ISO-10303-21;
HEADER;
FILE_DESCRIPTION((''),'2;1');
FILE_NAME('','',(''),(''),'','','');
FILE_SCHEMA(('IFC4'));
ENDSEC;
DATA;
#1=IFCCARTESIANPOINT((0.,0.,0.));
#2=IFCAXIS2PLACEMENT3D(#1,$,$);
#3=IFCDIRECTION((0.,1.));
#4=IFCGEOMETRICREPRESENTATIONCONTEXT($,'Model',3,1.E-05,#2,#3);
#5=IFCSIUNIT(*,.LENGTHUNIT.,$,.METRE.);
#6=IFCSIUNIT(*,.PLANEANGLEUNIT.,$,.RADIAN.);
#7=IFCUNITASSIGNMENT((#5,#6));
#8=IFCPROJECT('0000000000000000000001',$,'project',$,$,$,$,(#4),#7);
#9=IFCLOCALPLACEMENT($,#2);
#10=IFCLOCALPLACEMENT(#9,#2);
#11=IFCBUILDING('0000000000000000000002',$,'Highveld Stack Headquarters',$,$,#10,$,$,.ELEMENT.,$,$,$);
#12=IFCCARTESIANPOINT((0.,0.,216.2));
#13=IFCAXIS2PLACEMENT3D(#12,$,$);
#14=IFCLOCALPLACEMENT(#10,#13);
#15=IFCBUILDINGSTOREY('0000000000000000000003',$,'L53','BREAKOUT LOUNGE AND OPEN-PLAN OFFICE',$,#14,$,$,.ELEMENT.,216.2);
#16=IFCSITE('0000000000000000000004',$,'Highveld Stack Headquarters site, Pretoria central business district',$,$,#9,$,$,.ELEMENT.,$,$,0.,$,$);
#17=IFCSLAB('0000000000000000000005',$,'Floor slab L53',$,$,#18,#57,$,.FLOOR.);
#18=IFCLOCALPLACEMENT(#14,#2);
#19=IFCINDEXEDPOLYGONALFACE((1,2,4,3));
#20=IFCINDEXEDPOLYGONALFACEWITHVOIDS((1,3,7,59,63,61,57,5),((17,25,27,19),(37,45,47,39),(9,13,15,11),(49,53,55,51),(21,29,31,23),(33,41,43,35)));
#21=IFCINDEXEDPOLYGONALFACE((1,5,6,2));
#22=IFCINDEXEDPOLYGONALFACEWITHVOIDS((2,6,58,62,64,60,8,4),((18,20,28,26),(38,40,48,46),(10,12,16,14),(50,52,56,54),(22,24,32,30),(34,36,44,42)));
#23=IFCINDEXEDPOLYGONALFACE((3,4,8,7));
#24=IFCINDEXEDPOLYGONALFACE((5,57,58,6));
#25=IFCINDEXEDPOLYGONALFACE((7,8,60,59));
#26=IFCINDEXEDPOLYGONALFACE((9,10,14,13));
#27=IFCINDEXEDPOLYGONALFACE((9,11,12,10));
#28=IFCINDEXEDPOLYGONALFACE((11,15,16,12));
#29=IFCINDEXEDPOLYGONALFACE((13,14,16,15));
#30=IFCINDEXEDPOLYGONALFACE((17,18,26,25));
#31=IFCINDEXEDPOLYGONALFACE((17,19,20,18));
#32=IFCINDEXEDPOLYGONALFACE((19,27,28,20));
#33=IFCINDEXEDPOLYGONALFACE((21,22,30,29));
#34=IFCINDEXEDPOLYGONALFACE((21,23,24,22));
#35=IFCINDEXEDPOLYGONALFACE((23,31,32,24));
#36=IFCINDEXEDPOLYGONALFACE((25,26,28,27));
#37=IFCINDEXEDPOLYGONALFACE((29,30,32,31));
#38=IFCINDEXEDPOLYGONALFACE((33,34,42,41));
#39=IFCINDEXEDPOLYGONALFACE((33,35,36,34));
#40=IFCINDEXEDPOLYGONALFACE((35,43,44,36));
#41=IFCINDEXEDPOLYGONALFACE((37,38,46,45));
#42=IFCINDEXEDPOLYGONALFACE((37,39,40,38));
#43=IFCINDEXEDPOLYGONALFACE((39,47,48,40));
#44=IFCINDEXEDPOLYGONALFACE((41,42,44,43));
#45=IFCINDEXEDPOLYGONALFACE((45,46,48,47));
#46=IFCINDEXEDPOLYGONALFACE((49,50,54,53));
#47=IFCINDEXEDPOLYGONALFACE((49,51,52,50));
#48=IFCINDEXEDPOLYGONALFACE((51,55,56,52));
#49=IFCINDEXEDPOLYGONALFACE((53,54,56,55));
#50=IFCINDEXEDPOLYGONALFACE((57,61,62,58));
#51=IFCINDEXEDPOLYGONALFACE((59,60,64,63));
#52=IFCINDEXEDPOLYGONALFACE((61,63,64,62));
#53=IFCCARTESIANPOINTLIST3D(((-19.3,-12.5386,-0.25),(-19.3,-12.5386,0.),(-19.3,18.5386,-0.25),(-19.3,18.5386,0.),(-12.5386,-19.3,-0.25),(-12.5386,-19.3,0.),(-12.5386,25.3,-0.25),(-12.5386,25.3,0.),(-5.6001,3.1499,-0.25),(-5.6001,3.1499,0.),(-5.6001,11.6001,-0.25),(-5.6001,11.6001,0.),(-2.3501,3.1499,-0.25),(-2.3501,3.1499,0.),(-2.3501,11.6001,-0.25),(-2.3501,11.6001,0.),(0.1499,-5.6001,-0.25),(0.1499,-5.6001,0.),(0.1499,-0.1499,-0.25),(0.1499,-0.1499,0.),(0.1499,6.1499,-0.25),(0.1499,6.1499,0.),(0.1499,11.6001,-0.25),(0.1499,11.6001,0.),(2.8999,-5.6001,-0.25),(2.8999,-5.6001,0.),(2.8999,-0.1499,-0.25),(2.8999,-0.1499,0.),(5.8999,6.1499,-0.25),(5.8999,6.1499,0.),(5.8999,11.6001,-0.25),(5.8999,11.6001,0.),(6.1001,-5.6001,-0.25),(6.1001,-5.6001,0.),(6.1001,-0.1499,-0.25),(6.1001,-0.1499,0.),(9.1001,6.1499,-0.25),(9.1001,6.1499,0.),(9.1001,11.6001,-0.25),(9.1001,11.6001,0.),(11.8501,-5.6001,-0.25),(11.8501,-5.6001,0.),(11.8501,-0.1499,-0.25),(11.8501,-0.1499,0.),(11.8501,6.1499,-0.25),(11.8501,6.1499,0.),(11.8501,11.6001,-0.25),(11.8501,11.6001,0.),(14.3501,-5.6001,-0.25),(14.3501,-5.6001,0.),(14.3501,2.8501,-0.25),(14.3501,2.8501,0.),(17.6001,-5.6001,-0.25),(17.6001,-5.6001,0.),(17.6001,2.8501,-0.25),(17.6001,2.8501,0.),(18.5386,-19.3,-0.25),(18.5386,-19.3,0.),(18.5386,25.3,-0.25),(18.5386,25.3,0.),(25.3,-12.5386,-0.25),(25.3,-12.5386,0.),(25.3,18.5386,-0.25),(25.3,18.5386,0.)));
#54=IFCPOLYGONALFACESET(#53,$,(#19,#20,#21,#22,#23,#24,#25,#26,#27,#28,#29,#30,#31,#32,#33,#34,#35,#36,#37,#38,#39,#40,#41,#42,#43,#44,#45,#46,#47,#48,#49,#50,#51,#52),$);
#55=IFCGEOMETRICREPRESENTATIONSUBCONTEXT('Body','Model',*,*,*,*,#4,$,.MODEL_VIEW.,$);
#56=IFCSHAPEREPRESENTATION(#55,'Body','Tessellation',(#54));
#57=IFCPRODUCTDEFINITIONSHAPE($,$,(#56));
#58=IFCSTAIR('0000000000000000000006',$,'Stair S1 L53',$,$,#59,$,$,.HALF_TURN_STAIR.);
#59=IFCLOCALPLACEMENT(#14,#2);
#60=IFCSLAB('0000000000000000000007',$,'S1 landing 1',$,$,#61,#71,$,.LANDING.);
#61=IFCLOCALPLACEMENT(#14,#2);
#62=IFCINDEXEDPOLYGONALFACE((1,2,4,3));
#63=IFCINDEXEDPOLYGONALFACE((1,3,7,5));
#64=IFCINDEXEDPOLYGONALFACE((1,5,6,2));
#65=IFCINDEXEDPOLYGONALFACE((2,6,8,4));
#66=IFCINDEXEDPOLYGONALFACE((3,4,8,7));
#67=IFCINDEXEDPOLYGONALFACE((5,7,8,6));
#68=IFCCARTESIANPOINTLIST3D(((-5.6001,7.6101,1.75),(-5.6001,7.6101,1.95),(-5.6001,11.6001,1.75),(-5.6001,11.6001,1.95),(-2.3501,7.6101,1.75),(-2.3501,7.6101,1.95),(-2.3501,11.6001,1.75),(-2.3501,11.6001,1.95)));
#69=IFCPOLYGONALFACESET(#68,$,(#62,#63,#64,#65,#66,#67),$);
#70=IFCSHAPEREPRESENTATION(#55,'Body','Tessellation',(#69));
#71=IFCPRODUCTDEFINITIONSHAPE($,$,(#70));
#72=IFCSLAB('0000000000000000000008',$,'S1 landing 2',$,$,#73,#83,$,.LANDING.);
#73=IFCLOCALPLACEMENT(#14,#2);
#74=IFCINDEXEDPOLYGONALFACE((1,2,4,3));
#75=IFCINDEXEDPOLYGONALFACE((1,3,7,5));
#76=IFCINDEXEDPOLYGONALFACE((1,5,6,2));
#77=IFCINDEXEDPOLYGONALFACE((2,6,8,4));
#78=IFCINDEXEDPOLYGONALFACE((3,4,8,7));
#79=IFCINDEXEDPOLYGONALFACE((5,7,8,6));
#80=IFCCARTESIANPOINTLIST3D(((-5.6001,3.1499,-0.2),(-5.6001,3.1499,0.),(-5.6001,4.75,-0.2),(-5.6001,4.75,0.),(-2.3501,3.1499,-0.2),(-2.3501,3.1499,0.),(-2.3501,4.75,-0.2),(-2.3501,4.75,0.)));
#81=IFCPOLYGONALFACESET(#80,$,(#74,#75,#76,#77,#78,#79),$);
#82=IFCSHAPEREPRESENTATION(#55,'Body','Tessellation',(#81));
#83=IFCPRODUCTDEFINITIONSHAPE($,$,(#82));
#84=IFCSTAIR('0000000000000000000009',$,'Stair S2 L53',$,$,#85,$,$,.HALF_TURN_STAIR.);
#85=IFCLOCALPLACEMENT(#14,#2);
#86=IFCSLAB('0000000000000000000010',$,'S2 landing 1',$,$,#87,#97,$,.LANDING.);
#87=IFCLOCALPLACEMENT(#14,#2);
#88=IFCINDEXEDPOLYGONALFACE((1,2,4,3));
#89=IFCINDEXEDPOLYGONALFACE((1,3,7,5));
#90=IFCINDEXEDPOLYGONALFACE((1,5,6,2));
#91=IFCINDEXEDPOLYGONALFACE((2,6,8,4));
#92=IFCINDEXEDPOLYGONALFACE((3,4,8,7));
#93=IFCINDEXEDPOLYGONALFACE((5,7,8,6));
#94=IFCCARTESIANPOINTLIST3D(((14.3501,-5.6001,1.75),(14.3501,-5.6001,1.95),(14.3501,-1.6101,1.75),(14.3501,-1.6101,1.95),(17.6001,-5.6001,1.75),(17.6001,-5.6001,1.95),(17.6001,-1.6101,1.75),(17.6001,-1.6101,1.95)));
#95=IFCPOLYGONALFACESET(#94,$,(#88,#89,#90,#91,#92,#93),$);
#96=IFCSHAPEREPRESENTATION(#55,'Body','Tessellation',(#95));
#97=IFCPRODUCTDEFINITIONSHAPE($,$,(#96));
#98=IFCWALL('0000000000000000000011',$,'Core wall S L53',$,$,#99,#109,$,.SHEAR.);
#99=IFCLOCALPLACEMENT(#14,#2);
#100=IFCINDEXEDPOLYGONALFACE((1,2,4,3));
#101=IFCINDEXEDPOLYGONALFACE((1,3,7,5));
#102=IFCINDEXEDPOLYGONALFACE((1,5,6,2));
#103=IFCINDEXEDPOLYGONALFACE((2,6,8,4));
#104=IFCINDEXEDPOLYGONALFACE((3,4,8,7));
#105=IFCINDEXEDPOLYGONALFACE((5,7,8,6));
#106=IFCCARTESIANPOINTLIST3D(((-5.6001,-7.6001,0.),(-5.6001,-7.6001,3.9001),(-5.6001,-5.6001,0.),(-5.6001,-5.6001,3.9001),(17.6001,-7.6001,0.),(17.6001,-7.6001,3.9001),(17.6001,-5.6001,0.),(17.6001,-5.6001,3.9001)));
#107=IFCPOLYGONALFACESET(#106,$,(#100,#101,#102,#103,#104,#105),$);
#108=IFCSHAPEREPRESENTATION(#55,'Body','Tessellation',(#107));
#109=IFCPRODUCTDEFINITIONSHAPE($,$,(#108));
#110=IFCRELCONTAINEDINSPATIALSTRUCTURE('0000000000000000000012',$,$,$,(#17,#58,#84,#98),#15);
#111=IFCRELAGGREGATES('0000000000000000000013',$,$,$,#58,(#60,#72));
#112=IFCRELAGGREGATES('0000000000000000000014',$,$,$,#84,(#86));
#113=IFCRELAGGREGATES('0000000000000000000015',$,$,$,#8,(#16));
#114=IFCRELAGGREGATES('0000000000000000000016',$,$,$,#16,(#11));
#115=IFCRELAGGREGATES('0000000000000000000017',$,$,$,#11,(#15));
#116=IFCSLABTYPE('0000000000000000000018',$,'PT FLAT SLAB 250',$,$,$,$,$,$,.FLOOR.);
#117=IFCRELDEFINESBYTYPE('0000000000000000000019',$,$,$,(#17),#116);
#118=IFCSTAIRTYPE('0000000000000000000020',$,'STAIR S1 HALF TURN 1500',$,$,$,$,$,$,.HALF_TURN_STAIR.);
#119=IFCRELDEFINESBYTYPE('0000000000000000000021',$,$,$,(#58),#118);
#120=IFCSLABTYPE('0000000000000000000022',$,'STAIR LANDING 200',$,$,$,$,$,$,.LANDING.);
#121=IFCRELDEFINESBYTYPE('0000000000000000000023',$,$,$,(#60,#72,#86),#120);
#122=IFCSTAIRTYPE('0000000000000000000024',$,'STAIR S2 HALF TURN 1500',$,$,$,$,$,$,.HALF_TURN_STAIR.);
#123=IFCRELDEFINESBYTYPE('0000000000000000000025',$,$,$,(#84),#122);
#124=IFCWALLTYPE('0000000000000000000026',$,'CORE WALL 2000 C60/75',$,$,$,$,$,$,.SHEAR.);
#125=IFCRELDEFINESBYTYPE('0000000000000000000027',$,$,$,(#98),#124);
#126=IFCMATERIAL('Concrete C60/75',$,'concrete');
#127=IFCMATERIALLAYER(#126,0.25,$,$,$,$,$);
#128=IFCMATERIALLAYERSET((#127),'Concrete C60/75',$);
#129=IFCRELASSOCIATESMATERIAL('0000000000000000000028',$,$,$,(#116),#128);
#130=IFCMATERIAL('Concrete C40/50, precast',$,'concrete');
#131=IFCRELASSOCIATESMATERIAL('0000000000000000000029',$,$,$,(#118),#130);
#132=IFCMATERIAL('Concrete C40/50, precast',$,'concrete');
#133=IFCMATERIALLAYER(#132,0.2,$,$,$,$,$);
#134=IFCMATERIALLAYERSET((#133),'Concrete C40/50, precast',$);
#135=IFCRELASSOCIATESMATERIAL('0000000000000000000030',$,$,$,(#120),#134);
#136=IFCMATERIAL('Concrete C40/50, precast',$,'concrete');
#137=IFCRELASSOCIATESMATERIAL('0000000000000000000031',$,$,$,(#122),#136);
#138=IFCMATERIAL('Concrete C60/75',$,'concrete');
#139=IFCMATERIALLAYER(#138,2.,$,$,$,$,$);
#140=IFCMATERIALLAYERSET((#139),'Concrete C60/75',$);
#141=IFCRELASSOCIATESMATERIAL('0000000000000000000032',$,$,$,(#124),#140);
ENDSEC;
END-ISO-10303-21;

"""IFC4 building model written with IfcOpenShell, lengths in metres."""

from ifc_helpers import new_model, si_unit, direction, frame, frame_2d, origin, place, context, subcontext, project, spatial, polyline, rectangle, outline, extrude, material, layer, layer_set, type_object, element, aggregate, save


model = new_model("IFC4")

# Units and contexts
model_context = context("Model", 3, precision=1e-05, world=origin(), true_north=direction((0.0, 1.0)))
body_context = subcontext(model_context, "Body", "Model", "MODEL_VIEW")
ifc_project = project(units=[si_unit("LENGTHUNIT", "METRE"), si_unit("PLANEANGLEUNIT", "RADIAN")], contexts=[model_context])

# Site, building, storey
site_placement = place(None, origin())
site = spatial("IfcSite", under=ifc_project, at=site_placement, Name="Highveld Stack Headquarters site, Pretoria central business district", CompositionType="ELEMENT", RefElevation=0.0)
building_placement = place(site_placement, origin())
building = spatial("IfcBuilding", under=site, at=building_placement, Name="Highveld Stack Headquarters", CompositionType="ELEMENT")
storey_placement = place(building_placement, frame((0.0, 0.0, 216.2)))
storey = spatial("IfcBuildingStorey", under=building, at=storey_placement, Name="L53", Description="BREAKOUT LOUNGE AND OPEN-PLAN OFFICE", CompositionType="ELEMENT", Elevation=216.2)

# Slab
ifc_material_1 = material(Name="Concrete C60/75", Category="concrete")
ifc_layer_1 = layer(ifc_material_1, 0.25)
ifc_layer_set_1 = layer_set([ifc_layer_1], Name="Concrete C60/75")
slab_type_1 = type_object("IfcSlabType", Name="PT FLAT SLAB 250", PredefinedType="FLOOR", material=ifc_layer_set_1)
slab_1_placement = place(storey_placement, frame((0.0, 0.0, -0.25)))
element("IfcSlab", 1, at=slab_1_placement, inside=storey, type_object=slab_type_1, Name="Floor slab L53", PredefinedType="FLOOR", context=body_context, shape_type="SweptSolid", body=[
    extrude(outline(polyline([(-12.5386, -19.3), (18.5386, -19.3), (25.3, -12.5386), (25.3, 18.5386), (18.5386, 25.3), (-12.5386, 25.3), (-19.3, 18.5386), (-19.3, -12.5386), (-12.5386, -19.3)]), holes=[polyline([(0.1499, 6.1499), (5.8999, 6.1499), (5.8999, 11.6001), (0.1499, 11.6001), (0.1499, 6.1499)]), polyline([(9.1001, 6.1499), (11.8501, 6.1499), (11.8501, 11.6001), (9.1001, 11.6001), (9.1001, 6.1499)]), polyline([(6.1001, -5.6001), (11.8501, -5.6001), (11.8501, -0.1499), (6.1001, -0.1499), (6.1001, -5.6001)]), polyline([(0.1499, -5.6001), (2.8999, -5.6001), (2.8999, -0.1499), (0.1499, -0.1499), (0.1499, -5.6001)]), polyline([(-5.6001, 3.1499), (-2.3501, 3.1499), (-2.3501, 11.6001), (-5.6001, 11.6001), (-5.6001, 3.1499)]), polyline([(14.3501, -5.6001), (17.6001, -5.6001), (17.6001, 2.8501), (14.3501, 2.8501), (14.3501, -5.6001)])]), origin(), (0.0, 0.0, 1.0), 0.25),
])

# Stair, slabs
ifc_material_2 = material(Name="Concrete C40/50, precast", Category="concrete")
stair_type_1 = type_object("IfcStairType", Name="STAIR S1 HALF TURN 1500", PredefinedType="HALF_TURN_STAIR", material=ifc_material_2)
stair_1_placement = place(storey_placement, origin())
stair_1 = element("IfcStair", 2, at=stair_1_placement, inside=storey, type_object=stair_type_1, Name="Stair S1 L53", PredefinedType="HALF_TURN_STAIR")
ifc_material_3 = material(Name="Concrete C40/50, precast", Category="concrete")
ifc_layer_2 = layer(ifc_material_3, 0.2)
ifc_layer_set_2 = layer_set([ifc_layer_2], Name="Concrete C40/50, precast")
slab_type_2 = type_object("IfcSlabType", Name="STAIR LANDING 200", PredefinedType="LANDING", material=ifc_layer_set_2)
slab_2_placement = place(storey_placement, frame((0.0, 0.0, 1.75)))
slab_2 = element("IfcSlab", 3, at=slab_2_placement, type_object=slab_type_2, Name="S1 landing 1", PredefinedType="LANDING", context=body_context, shape_type="SweptSolid", body=[
    extrude(outline(polyline([(-5.6001, 7.6101), (-2.3501, 7.6101), (-2.3501, 11.6001), (-5.6001, 11.6001), (-5.6001, 7.6101)])), origin(), (0.0, 0.0, 1.0), 0.2),
])
slab_3_placement = place(storey_placement, frame((0.0, 0.0, -0.2)))
slab_3 = element("IfcSlab", 4, at=slab_3_placement, type_object=slab_type_2, Name="S1 landing 2", PredefinedType="LANDING", context=body_context, shape_type="SweptSolid", body=[
    extrude(outline(polyline([(-5.6001, 3.1499), (-2.3501, 3.1499), (-2.3501, 4.75), (-5.6001, 4.75), (-5.6001, 3.1499)])), origin(), (0.0, 0.0, 1.0), 0.2),
])
aggregate(stair_1, [slab_2, slab_3])

# Stair, slab
ifc_material_4 = material(Name="Concrete C40/50, precast", Category="concrete")
stair_type_2 = type_object("IfcStairType", Name="STAIR S2 HALF TURN 1500", PredefinedType="HALF_TURN_STAIR", material=ifc_material_4)
stair_2_placement = place(storey_placement, origin())
stair_2 = element("IfcStair", 5, at=stair_2_placement, inside=storey, type_object=stair_type_2, Name="Stair S2 L53", PredefinedType="HALF_TURN_STAIR")
slab_4_placement = place(storey_placement, frame((0.0, 0.0, 1.75)))
slab_4 = element("IfcSlab", 6, at=slab_4_placement, type_object=slab_type_2, Name="S2 landing 1", PredefinedType="LANDING", context=body_context, shape_type="SweptSolid", body=[
    extrude(outline(polyline([(14.3501, -5.6001), (17.6001, -5.6001), (17.6001, -1.6101), (14.3501, -1.6101), (14.3501, -5.6001)])), origin(), (0.0, 0.0, 1.0), 0.2),
])
aggregate(stair_2, [slab_4])

# Wall
ifc_material_5 = material(Name="Concrete C60/75", Category="concrete")
ifc_layer_3 = layer(ifc_material_5, 2.0)
ifc_layer_set_3 = layer_set([ifc_layer_3], Name="Concrete C60/75")
wall_type_1 = type_object("IfcWallType", Name="CORE WALL 2000 C60/75", PredefinedType="SHEAR", material=ifc_layer_set_3)
wall_1_placement = place(storey_placement, frame((-5.6001, -6.6001, 0.0), z_axis=(0.0, 0.0, 1.0), x_axis=(1.0, 0.0, 0.0)))
element("IfcWall", 7, at=wall_1_placement, inside=storey, type_object=wall_type_1, Name="Core wall S L53", PredefinedType="SHEAR", context=body_context, shape_type="SweptSolid", body=[
    extrude(rectangle(XDim=23.2002, YDim=2.0, at=frame_2d((11.6001, 0.0))), origin(), (0.0, 0.0, 1.0), 3.9001),
])

save(model, "model.ifc")
